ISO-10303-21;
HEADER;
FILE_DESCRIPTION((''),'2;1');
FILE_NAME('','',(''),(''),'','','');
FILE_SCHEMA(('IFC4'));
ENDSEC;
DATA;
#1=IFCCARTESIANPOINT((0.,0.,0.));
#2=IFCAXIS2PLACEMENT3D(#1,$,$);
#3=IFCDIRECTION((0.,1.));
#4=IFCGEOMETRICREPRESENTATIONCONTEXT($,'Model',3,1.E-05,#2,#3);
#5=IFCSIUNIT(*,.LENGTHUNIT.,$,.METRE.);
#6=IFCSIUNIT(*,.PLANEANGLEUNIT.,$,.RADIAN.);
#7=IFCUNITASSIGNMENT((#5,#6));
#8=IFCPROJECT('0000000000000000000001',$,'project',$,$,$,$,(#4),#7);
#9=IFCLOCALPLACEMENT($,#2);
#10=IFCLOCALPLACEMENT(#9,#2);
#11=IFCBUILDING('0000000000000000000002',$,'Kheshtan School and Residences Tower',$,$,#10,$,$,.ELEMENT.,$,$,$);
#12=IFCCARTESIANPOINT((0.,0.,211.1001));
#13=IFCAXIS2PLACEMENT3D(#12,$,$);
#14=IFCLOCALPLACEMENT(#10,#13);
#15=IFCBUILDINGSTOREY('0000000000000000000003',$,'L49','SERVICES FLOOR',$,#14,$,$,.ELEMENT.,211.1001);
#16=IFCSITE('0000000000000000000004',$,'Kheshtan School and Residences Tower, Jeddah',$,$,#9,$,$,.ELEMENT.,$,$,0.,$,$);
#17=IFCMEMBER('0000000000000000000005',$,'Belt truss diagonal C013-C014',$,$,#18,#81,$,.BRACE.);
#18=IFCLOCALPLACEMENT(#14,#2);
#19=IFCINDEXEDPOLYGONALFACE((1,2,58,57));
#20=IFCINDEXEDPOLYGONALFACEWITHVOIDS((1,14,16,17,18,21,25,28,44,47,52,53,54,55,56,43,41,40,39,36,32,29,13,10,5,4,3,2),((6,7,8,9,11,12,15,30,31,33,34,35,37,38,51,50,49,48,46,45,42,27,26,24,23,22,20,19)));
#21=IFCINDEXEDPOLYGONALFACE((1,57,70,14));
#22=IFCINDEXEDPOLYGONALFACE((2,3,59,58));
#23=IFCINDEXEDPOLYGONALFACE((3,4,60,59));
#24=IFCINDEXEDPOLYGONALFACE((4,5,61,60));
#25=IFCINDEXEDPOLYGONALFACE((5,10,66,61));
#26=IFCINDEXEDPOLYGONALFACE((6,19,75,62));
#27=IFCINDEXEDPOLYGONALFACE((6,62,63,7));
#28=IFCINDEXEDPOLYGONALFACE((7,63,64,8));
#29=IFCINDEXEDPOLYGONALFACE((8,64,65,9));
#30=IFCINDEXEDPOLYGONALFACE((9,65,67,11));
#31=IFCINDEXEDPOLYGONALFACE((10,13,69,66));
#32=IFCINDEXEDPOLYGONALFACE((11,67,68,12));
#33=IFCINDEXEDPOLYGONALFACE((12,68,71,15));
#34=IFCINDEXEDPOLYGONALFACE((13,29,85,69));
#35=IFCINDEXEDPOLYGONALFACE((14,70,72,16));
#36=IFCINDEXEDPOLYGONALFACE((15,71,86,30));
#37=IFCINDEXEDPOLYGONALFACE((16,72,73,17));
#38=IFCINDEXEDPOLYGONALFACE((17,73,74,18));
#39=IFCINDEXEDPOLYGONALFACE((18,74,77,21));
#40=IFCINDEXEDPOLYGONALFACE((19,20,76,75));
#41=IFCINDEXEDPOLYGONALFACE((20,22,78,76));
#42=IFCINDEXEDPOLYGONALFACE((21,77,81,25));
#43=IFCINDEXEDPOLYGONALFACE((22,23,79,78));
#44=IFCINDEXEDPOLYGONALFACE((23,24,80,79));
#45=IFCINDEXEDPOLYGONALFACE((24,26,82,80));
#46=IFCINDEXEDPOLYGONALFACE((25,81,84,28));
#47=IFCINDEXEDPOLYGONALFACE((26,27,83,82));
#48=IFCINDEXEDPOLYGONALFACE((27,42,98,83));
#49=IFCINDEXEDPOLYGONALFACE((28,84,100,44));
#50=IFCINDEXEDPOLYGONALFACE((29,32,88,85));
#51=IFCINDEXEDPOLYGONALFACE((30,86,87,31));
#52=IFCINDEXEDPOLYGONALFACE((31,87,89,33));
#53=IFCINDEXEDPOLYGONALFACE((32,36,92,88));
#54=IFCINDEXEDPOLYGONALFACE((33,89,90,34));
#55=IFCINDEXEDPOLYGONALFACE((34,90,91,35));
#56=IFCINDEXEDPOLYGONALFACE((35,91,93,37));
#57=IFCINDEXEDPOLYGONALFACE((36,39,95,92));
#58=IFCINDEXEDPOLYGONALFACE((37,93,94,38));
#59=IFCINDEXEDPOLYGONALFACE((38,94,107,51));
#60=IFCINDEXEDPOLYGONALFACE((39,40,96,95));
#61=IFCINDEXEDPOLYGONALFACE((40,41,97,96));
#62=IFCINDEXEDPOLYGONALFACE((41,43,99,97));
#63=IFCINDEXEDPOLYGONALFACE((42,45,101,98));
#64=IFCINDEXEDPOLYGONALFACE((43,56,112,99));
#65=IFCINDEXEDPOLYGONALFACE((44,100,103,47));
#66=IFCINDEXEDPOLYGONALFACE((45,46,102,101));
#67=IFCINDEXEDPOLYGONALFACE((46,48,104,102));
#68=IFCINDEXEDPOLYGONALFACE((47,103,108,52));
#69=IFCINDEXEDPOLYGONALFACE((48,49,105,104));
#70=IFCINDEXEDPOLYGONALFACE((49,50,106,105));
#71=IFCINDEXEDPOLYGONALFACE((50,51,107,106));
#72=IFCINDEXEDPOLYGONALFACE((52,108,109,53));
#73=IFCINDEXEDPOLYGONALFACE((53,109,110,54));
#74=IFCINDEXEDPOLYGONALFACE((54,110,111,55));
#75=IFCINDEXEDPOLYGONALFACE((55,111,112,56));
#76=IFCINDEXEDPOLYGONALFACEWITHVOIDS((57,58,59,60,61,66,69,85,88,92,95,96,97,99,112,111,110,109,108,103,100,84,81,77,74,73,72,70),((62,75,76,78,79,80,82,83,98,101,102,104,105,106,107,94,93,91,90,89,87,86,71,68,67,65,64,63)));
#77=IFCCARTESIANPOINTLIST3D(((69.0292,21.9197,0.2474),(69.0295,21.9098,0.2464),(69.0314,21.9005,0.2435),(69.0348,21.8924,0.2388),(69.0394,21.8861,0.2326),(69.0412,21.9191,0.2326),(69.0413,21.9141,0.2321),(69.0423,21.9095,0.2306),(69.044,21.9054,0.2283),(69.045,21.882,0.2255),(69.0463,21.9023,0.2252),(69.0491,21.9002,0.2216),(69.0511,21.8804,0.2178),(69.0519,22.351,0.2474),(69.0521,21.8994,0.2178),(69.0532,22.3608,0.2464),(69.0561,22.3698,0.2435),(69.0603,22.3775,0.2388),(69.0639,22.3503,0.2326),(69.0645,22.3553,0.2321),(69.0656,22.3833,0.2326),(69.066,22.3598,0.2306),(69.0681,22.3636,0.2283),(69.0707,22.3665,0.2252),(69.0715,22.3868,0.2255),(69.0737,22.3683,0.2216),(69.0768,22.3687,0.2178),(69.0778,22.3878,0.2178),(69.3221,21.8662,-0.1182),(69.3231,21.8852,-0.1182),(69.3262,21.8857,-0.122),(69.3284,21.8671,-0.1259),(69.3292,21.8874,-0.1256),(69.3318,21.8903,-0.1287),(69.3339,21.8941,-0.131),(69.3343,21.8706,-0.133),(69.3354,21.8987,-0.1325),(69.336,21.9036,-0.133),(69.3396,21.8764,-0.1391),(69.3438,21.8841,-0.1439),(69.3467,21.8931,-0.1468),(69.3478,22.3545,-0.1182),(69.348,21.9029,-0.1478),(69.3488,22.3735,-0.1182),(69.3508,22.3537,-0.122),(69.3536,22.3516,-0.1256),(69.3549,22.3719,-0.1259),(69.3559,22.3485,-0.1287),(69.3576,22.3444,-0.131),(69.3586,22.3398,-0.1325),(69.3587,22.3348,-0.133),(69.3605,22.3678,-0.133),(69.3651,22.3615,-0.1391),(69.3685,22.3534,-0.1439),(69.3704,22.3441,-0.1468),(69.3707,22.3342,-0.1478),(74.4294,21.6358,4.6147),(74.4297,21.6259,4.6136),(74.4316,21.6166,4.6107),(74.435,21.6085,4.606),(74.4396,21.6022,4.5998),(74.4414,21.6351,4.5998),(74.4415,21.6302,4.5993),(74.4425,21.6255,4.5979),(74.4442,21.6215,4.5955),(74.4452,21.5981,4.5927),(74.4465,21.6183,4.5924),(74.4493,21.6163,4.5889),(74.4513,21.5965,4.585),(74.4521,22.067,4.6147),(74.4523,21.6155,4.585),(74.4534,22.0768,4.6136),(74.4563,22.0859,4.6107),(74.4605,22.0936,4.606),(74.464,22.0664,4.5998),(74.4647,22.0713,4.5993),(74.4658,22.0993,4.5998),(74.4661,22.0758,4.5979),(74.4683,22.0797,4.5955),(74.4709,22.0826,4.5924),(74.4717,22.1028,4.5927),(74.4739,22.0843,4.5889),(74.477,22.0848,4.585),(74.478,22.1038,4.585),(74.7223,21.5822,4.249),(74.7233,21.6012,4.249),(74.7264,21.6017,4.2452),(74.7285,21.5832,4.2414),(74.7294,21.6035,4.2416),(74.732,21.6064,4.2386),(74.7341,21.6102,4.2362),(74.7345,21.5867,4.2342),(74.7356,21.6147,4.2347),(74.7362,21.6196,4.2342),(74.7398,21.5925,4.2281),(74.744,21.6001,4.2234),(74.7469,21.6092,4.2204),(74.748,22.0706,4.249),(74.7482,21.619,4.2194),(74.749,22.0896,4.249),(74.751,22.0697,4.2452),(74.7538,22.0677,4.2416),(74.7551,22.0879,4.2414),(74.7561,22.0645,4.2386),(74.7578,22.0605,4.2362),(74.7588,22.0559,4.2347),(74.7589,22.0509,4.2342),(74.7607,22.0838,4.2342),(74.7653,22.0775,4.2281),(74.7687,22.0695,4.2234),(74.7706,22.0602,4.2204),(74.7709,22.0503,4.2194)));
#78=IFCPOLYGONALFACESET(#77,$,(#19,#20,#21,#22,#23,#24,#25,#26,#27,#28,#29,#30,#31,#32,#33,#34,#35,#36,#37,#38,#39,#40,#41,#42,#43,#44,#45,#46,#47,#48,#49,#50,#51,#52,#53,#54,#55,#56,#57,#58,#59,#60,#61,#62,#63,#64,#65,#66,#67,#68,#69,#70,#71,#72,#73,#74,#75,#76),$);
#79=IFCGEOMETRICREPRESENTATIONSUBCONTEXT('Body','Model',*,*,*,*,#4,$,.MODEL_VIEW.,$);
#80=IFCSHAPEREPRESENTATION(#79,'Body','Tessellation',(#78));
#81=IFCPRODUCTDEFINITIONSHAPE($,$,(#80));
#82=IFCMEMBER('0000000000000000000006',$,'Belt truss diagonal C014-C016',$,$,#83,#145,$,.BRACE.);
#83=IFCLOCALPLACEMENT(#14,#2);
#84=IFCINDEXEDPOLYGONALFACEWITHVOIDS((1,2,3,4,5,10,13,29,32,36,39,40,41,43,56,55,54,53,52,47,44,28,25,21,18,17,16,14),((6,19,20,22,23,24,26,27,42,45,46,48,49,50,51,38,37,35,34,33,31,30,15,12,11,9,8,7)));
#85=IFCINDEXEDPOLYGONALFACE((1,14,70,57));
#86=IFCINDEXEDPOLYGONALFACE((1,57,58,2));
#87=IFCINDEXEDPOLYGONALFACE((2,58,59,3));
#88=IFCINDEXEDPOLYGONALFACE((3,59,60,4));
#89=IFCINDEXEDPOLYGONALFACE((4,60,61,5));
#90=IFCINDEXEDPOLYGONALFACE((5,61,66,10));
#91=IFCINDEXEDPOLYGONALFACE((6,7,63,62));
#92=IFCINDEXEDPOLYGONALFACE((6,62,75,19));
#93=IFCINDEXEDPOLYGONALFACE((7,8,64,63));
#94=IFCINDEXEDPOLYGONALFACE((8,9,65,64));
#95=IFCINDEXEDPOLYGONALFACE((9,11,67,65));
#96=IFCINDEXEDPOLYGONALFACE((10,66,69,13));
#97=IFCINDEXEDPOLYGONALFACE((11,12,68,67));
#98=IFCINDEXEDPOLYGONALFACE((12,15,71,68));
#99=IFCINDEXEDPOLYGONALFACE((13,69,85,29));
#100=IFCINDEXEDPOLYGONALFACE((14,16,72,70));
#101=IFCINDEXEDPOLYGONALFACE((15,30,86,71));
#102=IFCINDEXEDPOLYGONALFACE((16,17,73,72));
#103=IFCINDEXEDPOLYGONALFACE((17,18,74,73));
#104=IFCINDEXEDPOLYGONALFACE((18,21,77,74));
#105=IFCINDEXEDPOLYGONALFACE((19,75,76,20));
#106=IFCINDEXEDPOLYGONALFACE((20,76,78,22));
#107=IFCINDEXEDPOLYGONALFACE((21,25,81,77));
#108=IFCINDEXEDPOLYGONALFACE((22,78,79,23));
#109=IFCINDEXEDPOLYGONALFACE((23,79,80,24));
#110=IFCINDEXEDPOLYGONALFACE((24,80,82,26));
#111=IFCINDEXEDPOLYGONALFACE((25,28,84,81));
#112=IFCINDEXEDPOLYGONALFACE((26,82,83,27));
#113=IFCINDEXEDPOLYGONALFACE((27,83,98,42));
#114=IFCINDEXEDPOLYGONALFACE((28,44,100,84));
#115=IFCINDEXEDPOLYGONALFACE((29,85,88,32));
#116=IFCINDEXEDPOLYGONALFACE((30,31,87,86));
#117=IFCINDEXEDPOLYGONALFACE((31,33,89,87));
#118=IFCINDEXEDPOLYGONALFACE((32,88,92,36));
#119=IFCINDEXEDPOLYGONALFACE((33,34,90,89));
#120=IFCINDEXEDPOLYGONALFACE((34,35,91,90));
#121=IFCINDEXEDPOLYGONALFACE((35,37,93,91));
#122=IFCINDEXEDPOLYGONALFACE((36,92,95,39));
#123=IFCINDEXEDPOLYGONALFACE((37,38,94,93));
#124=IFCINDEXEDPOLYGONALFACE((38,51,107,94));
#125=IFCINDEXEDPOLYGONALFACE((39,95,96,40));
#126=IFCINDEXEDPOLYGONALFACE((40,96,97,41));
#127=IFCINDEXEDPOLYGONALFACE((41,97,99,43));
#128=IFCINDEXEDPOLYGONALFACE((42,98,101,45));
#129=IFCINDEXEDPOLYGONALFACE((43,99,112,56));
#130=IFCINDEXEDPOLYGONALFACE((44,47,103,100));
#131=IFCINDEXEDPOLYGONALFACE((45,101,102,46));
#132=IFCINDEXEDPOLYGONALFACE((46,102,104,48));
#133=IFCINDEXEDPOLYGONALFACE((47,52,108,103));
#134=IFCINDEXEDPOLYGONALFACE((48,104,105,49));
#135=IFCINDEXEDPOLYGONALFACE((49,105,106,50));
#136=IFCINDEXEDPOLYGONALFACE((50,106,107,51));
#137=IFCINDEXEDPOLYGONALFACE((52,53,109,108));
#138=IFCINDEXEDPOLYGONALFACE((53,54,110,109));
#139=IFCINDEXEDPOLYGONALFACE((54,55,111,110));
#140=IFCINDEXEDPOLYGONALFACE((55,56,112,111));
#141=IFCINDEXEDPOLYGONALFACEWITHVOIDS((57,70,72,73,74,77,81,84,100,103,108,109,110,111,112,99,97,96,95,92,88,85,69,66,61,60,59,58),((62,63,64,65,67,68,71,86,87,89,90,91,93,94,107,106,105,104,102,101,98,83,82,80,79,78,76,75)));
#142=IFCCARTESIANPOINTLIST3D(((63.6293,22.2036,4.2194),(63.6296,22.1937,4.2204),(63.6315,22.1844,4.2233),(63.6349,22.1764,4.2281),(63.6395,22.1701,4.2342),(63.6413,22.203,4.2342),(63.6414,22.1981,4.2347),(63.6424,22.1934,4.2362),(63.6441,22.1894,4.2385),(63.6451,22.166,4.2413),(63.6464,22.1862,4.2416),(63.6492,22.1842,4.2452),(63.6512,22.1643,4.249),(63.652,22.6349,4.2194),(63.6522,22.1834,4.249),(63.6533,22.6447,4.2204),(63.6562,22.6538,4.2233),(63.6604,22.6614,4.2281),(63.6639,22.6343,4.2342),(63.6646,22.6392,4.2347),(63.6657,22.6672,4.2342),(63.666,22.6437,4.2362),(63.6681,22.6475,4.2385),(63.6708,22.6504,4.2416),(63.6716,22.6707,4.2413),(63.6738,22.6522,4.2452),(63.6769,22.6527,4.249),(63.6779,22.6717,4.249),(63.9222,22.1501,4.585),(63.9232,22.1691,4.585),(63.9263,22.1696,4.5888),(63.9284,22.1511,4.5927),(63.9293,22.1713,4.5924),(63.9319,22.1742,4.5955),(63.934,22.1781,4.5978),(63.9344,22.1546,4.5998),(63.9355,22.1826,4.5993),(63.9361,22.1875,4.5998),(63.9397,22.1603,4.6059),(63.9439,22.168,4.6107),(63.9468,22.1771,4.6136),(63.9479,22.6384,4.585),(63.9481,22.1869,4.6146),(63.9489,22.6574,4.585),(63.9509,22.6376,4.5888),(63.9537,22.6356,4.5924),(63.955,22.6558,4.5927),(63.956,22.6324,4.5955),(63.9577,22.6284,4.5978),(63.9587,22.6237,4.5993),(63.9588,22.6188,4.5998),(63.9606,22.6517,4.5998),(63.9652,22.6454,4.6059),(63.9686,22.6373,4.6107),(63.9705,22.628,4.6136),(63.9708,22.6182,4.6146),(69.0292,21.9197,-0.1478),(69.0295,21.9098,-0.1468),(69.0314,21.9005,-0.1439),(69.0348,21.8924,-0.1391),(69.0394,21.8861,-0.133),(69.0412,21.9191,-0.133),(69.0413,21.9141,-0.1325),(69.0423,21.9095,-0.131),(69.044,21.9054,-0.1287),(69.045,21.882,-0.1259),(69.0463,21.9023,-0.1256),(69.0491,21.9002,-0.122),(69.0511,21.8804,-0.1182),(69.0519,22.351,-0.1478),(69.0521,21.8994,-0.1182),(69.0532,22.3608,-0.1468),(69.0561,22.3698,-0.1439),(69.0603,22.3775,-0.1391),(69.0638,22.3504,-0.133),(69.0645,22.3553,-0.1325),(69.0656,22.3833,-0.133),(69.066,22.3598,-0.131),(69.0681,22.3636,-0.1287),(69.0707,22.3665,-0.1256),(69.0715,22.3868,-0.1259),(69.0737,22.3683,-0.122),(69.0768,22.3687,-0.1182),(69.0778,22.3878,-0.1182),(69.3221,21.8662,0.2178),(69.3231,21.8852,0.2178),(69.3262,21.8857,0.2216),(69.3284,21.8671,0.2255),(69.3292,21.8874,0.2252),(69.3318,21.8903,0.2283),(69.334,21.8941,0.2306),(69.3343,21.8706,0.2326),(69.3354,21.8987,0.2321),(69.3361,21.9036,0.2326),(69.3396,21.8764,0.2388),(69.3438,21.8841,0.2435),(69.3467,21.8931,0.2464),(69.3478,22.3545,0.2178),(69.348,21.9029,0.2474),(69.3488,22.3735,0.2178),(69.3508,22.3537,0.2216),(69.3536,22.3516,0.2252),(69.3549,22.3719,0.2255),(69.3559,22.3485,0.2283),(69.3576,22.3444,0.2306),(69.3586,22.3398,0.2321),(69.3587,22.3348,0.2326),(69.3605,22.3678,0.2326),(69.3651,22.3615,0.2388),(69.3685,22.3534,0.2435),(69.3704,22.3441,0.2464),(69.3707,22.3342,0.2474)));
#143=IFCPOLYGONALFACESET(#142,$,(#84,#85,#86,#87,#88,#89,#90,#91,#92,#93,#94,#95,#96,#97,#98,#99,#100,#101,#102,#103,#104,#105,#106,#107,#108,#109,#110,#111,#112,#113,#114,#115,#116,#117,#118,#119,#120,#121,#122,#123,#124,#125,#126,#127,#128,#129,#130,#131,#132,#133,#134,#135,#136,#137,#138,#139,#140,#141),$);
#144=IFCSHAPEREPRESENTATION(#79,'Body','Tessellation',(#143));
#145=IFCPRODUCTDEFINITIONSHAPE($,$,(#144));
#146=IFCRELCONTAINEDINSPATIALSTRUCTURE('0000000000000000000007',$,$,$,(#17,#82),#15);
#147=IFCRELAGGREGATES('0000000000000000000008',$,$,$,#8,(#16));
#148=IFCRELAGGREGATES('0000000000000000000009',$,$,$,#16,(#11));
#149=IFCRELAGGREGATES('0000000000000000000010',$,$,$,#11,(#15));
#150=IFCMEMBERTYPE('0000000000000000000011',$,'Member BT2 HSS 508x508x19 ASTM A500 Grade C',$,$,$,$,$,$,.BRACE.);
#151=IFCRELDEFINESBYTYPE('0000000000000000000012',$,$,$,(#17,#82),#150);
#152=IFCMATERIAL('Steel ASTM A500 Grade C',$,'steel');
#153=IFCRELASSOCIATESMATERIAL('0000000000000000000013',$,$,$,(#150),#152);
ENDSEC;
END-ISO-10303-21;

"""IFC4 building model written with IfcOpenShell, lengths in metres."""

from ifc_helpers import new_model, si_unit, direction, frame, origin, origin_2d, place, context, subcontext, project, spatial, hollow_rectangle, extrude, material, material_profile, profile_set, type_object, element, save


model = new_model("IFC4")

# Units and contexts
model_context = context("Model", 3, precision=1e-05, world=origin(), true_north=direction((0.0, 1.0)))
body_context = subcontext(model_context, "Body", "Model", "MODEL_VIEW")
ifc_project = project(units=[si_unit("LENGTHUNIT", "METRE"), si_unit("PLANEANGLEUNIT", "RADIAN")], contexts=[model_context])

# Site, building, storey
site_placement = place(None, origin())
site = spatial("IfcSite", under=ifc_project, at=site_placement, Name="Kheshtan School and Residences Tower, Jeddah", CompositionType="ELEMENT", RefElevation=0.0)
building_placement = place(site_placement, origin())
building = spatial("IfcBuilding", under=site, at=building_placement, Name="Kheshtan School and Residences Tower", CompositionType="ELEMENT")
storey_placement = place(building_placement, frame((0.0, 0.0, 211.1001)))
storey = spatial("IfcBuildingStorey", under=building, at=storey_placement, Name="L49", Description="SERVICES FLOOR", CompositionType="ELEMENT", Elevation=211.1001)

# Members
ifc_material_1 = material(Name="Steel ASTM A500 Grade C", Category="steel")
ifc_material_profile_1 = material_profile(ifc_material_1, hollow_rectangle(XDim=0.5081, YDim=0.5081, WallThickness=0.019, InnerFilletRadius=0.019, OuterFilletRadius=0.0381, at=origin_2d()), Name="HSS 508x508x19")
ifc_profile_set_1 = profile_set([ifc_material_profile_1], Name="Steel ASTM A500 Grade C")
member_type_1 = type_object("IfcMemberType", Name="Member BT2 HSS 508x508x19 ASTM A500 Grade C", PredefinedType="BRACE", material=ifc_profile_set_1)
member_1_placement = place(storey_placement, frame((69.2, 22.127, 0.0498), z_axis=(0.776903, -0.040849, 0.628294), x_axis=(0.052507, 0.998621, 0.0)))
element("IfcMember", 1, at=member_1_placement, inside=storey, type_object=member_type_1, Name="Belt truss diagonal C013-C014", PredefinedType="BRACE", context=body_context, shape_type="SweptSolid", body=[
    extrude(hollow_rectangle(XDim=0.5081, YDim=0.5081, WallThickness=0.019, InnerFilletRadius=0.019, OuterFilletRadius=0.0381, at=origin_2d()), origin(), (0.0, 0.0, 1.0), 6.9509),
])
member_2_placement = place(storey_placement, frame((69.2, 22.127, 0.0498), z_axis=(-0.776889, 0.04085, 0.628311), x_axis=(-0.052509, -0.99862, 0.0)))
element("IfcMember", 2, at=member_2_placement, inside=storey, type_object=member_type_1, Name="Belt truss diagonal C014-C016", PredefinedType="BRACE", context=body_context, shape_type="SweptSolid", body=[
    extrude(hollow_rectangle(XDim=0.5081, YDim=0.5081, WallThickness=0.019, InnerFilletRadius=0.019, OuterFilletRadius=0.0381, at=origin_2d()), origin(), (0.0, 0.0, 1.0), 6.9507),
])

save(model, "model.ifc")
